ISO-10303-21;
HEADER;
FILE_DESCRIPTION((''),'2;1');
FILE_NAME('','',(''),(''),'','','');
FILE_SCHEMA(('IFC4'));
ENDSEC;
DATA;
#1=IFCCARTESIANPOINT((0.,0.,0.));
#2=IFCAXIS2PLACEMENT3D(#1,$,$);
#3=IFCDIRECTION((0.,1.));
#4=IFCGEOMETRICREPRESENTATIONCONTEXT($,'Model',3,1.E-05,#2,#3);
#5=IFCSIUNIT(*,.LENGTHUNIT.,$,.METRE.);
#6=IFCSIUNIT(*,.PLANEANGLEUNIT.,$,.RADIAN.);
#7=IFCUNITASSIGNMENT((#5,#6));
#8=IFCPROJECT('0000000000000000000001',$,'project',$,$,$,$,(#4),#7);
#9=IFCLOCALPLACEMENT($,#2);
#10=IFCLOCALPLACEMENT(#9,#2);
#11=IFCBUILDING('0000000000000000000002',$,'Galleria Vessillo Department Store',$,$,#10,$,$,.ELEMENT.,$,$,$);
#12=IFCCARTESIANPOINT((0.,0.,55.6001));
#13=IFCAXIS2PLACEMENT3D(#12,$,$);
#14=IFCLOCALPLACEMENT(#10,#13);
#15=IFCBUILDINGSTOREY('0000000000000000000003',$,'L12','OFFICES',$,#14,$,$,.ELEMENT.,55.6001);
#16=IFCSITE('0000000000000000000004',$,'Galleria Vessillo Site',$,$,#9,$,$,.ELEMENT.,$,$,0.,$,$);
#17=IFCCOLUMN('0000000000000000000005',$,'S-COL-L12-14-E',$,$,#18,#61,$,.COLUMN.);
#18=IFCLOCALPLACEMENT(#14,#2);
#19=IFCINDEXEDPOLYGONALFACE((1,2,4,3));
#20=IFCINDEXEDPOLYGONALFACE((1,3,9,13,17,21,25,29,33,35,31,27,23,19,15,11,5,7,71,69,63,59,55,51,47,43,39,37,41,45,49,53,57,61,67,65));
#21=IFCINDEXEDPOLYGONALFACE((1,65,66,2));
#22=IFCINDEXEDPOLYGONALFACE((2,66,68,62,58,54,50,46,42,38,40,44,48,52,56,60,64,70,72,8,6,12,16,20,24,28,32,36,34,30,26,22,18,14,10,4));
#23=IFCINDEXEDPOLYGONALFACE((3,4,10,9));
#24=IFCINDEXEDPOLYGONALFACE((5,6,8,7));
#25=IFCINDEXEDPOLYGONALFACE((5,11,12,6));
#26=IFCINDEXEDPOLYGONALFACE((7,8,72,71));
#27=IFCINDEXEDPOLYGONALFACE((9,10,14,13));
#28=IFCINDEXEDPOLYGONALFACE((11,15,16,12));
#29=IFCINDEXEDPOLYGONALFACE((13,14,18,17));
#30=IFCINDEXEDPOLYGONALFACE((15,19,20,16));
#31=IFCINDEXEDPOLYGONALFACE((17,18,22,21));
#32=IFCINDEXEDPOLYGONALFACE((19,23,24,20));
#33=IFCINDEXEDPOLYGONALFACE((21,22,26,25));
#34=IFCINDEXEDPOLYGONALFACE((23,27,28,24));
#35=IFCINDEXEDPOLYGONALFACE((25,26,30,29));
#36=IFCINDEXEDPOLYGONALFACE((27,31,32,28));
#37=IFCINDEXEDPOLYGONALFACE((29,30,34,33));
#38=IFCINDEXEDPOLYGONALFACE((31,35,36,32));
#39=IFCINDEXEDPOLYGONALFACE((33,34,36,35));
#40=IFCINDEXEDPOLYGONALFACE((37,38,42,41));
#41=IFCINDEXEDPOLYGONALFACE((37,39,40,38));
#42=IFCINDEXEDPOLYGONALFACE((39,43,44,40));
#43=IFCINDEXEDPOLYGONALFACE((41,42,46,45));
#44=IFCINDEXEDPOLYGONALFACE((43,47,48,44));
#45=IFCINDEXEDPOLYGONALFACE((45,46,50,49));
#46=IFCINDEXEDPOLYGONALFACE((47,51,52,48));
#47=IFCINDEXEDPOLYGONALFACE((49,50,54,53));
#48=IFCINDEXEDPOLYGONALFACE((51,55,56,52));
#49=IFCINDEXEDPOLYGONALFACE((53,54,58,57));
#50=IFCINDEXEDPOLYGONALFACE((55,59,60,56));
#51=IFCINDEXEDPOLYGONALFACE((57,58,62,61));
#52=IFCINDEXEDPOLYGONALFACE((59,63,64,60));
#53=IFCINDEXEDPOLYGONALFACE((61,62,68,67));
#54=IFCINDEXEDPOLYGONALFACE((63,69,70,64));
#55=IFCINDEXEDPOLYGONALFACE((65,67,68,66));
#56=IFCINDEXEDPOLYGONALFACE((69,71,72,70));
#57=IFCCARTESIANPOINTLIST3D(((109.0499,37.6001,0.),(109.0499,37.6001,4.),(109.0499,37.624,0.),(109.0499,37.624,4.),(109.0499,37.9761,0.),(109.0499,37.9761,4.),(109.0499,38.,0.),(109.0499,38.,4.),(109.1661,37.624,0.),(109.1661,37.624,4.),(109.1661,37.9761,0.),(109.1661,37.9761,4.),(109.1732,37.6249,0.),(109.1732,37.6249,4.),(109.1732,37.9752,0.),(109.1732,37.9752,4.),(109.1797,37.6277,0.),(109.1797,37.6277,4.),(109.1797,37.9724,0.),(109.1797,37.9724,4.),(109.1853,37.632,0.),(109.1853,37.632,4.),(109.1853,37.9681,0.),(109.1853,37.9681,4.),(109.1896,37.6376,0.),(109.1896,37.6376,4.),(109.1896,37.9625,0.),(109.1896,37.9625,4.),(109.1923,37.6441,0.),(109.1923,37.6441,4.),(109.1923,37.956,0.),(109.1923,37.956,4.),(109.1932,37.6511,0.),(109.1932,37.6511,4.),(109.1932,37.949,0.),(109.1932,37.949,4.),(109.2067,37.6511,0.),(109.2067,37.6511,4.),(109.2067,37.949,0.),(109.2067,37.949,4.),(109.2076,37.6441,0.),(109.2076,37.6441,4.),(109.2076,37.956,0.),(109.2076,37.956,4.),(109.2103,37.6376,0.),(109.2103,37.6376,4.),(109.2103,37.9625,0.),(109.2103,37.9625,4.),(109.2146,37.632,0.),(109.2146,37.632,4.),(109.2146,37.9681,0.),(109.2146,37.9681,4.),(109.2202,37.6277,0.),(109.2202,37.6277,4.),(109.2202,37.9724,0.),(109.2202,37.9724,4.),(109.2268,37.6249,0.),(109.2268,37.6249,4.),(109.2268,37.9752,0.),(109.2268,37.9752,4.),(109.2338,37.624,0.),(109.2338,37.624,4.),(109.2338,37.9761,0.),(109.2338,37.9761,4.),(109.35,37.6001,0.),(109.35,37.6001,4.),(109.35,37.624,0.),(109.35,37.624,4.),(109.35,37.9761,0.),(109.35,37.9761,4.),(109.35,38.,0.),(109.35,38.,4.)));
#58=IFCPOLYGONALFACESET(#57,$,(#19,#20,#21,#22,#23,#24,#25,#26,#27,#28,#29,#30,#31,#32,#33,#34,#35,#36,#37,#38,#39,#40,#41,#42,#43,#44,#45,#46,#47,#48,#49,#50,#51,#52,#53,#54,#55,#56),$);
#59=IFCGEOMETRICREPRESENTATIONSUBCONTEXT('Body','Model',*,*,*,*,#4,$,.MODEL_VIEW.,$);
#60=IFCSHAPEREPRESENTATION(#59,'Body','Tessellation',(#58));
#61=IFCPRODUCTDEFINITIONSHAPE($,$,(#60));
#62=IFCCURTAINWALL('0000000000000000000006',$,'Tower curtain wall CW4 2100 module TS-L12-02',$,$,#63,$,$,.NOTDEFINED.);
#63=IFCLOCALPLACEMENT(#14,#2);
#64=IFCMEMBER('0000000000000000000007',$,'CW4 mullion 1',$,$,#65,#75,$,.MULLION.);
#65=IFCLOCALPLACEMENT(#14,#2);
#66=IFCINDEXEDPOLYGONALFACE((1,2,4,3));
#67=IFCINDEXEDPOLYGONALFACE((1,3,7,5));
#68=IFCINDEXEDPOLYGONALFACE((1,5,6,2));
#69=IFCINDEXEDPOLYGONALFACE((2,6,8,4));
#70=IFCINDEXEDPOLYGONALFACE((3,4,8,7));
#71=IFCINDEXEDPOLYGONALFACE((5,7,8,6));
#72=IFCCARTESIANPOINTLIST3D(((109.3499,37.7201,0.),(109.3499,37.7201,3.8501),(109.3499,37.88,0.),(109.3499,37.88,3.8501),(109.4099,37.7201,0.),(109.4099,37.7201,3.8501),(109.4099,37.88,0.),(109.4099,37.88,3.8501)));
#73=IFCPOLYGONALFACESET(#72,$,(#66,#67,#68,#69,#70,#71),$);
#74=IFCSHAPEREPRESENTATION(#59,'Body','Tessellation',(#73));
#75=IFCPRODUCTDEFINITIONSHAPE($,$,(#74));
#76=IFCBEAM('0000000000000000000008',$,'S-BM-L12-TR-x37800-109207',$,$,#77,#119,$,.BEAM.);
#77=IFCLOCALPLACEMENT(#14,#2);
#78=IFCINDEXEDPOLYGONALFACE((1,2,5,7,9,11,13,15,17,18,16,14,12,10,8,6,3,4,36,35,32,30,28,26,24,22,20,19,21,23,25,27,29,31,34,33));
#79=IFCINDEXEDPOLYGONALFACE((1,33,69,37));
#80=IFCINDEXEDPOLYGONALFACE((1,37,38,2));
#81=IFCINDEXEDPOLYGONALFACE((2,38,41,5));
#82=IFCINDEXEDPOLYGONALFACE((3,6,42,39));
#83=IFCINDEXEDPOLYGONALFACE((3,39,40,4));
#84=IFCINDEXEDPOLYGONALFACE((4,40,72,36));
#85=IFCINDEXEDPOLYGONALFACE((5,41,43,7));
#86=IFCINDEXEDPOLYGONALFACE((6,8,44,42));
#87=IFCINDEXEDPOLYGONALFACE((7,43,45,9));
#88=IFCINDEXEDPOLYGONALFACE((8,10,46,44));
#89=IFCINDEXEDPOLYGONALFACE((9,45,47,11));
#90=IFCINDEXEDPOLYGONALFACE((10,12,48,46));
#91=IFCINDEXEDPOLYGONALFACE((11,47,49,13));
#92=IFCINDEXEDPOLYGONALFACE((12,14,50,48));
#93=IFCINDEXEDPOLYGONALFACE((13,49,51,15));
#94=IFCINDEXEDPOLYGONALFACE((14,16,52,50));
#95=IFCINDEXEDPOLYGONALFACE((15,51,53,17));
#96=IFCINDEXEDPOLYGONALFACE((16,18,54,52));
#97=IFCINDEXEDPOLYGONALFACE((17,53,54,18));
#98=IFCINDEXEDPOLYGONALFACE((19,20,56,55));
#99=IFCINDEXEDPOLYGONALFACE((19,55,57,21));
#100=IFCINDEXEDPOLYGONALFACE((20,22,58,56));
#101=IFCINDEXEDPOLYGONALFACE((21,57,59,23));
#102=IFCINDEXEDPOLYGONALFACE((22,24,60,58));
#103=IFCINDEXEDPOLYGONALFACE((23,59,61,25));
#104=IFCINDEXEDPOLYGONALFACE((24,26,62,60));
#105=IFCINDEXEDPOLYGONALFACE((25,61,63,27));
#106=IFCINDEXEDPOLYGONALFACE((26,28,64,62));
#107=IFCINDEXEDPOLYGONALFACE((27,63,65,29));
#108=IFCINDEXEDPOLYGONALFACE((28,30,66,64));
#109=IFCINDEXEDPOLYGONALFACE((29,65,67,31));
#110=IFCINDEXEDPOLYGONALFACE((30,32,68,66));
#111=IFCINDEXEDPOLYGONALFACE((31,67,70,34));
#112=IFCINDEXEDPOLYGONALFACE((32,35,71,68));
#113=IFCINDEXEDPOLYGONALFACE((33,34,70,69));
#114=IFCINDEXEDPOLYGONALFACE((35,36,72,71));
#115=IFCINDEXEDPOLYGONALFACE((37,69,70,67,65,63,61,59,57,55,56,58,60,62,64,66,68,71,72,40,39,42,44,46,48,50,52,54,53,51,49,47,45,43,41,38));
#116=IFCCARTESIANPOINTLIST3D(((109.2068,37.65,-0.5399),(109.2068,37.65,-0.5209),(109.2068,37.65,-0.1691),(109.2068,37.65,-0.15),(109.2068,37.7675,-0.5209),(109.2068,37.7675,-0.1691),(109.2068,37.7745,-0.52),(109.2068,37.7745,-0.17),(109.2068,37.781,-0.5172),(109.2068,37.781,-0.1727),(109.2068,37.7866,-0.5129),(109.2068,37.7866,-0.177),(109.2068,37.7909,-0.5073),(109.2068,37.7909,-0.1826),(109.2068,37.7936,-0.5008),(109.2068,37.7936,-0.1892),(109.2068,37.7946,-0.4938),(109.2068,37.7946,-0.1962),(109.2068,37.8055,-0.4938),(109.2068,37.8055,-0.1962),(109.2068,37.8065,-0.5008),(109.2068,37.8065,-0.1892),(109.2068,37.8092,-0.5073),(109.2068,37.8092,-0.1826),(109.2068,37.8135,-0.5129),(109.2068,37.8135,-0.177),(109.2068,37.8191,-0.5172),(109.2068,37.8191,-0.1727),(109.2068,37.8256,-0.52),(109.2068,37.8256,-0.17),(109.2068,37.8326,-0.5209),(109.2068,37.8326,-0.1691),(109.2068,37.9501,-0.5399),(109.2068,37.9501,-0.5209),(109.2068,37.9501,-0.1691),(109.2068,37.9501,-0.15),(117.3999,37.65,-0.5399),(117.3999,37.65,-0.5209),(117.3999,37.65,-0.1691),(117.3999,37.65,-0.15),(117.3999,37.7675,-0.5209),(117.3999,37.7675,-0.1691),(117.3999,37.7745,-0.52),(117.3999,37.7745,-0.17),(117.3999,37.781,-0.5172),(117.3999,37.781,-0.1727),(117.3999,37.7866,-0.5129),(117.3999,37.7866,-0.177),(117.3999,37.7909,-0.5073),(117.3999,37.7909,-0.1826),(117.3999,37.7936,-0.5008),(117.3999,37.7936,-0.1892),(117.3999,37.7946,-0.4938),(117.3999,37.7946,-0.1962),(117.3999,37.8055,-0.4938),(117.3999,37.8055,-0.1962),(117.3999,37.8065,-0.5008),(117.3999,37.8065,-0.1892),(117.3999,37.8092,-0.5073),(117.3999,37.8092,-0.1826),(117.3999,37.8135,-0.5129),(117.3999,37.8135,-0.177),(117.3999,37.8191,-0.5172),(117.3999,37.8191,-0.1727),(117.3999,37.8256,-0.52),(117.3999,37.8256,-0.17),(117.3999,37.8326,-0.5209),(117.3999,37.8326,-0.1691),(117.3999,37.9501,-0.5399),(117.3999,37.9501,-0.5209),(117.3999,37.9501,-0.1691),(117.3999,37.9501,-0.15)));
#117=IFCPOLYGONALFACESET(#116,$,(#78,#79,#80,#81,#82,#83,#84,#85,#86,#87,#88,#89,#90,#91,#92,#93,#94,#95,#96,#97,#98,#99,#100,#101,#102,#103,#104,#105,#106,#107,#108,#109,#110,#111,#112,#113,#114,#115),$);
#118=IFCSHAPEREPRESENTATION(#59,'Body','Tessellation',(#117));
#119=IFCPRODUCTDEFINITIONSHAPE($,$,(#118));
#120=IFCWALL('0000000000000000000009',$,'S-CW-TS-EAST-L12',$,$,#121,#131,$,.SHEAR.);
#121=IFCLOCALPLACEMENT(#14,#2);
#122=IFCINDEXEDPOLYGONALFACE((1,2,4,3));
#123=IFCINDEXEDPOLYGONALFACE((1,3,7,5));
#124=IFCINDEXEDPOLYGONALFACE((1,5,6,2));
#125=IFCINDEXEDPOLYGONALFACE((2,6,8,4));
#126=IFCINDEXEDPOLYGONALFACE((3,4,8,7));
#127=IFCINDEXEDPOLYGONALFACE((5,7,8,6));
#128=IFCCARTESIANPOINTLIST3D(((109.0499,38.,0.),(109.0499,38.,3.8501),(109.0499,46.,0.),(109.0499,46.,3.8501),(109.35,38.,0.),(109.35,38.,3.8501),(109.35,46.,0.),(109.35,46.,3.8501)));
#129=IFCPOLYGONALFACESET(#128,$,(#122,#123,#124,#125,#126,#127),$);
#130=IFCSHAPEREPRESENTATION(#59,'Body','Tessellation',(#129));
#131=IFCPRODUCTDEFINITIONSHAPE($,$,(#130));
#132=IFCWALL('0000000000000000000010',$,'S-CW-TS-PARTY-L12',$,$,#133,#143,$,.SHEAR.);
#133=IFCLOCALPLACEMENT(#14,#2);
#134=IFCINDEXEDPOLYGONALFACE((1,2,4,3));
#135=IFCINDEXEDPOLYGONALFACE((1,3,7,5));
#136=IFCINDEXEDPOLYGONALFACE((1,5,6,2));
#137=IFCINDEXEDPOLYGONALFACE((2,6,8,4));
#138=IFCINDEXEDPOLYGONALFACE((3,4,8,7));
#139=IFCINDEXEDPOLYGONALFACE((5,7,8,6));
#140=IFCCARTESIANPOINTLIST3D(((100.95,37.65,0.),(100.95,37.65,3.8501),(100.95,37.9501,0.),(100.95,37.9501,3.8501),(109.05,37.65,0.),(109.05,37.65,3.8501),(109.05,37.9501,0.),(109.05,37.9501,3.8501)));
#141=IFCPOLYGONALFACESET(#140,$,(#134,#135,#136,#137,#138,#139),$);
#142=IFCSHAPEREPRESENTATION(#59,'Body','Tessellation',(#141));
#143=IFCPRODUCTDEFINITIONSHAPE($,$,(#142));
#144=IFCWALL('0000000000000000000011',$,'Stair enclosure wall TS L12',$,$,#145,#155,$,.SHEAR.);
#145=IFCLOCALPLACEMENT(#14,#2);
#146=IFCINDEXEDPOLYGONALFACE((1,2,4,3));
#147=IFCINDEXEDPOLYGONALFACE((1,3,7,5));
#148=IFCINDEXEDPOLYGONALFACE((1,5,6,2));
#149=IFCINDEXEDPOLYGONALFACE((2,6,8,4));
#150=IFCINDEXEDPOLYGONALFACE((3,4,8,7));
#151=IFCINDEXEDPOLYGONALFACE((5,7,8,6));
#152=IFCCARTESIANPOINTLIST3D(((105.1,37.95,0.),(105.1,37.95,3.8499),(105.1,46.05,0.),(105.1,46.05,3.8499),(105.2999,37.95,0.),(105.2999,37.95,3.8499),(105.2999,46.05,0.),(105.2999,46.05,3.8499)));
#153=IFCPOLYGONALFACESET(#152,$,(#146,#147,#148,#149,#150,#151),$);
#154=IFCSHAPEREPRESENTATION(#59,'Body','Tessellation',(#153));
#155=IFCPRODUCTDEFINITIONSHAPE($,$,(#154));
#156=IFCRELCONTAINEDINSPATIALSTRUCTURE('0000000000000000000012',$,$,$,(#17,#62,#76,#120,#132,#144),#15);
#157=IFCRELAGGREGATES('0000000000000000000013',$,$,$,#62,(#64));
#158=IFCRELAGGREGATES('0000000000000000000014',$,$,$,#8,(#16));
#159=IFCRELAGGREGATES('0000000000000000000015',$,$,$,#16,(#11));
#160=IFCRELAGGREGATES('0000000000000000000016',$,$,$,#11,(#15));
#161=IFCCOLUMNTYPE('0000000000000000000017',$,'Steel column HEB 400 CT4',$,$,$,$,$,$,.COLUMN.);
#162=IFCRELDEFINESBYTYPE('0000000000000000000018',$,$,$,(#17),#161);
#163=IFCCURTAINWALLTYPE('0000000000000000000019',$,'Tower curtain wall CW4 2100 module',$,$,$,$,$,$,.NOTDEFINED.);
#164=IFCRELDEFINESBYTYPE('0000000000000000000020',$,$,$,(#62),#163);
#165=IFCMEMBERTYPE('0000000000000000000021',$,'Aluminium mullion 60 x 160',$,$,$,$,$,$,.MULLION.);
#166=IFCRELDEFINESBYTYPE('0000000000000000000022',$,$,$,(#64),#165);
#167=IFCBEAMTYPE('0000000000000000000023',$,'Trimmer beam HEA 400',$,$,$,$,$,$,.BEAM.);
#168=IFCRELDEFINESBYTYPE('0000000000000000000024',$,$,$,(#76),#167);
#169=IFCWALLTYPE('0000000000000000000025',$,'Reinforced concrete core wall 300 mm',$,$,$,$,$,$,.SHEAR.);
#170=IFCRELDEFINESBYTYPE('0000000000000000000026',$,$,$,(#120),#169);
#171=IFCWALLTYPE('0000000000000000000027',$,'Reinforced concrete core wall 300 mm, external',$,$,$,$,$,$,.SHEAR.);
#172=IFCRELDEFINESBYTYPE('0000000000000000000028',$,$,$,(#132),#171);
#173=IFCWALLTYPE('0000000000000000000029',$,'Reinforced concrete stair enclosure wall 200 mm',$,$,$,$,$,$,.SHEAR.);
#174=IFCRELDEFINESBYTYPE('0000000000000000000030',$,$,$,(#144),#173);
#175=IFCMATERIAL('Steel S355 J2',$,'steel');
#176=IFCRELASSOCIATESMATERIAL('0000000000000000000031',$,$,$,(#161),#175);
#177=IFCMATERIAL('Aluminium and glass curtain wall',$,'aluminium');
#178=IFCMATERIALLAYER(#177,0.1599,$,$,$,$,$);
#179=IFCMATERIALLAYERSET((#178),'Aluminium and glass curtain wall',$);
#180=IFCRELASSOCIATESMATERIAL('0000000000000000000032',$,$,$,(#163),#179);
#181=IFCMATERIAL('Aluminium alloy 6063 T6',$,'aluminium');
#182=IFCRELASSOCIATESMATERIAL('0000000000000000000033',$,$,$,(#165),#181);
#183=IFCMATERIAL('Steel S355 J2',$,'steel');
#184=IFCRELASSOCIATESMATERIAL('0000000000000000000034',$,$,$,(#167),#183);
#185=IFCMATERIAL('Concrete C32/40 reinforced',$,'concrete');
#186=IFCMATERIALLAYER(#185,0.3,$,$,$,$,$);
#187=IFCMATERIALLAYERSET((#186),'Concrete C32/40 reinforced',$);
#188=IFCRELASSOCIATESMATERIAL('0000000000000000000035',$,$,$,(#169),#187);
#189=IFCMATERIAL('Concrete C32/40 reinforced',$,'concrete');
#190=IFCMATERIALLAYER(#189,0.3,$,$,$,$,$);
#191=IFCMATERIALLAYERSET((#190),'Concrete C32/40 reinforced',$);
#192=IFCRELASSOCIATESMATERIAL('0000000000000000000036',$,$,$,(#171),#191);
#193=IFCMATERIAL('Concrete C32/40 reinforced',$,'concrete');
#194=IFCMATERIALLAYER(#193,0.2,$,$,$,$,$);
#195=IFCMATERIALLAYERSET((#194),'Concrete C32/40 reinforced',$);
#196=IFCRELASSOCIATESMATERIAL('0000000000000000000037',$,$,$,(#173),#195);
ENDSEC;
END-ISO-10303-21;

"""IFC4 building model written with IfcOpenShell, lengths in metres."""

from ifc_helpers import new_model, si_unit, direction, frame, frame_2d, origin, origin_2d, place, context, subcontext, project, spatial, rectangle, i_section, extrude, material, layer, layer_set, material_profile, profile_set, type_object, element, aggregate, save


model = new_model("IFC4")

# Units and contexts
model_context = context("Model", 3, precision=1e-05, world=origin(), true_north=direction((0.0, 1.0)))
body_context = subcontext(model_context, "Body", "Model", "MODEL_VIEW")
ifc_project = project(units=[si_unit("LENGTHUNIT", "METRE"), si_unit("PLANEANGLEUNIT", "RADIAN")], contexts=[model_context])

# Site, building, storey
site_placement = place(None, origin())
site = spatial("IfcSite", under=ifc_project, at=site_placement, Name="Galleria Vessillo Site", CompositionType="ELEMENT", RefElevation=0.0)
building_placement = place(site_placement, origin())
building = spatial("IfcBuilding", under=site, at=building_placement, Name="Galleria Vessillo Department Store", CompositionType="ELEMENT")
storey_placement = place(building_placement, frame((0.0, 0.0, 55.6001)))
storey = spatial("IfcBuildingStorey", under=building, at=storey_placement, Name="L12", Description="OFFICES", CompositionType="ELEMENT", Elevation=55.6001)

# Column
ifc_material_1 = material(Name="Steel S355 J2", Category="steel")
ifc_material_profile_1 = material_profile(ifc_material_1, i_section(OverallWidth=0.3, OverallDepth=0.3999, WebThickness=0.0134, FlangeThickness=0.0239, FilletRadius=0.0271, at=origin_2d()), Name="HEB 400")
ifc_profile_set_1 = profile_set([ifc_material_profile_1], Name="Steel S355 J2")
column_type = type_object("IfcColumnType", Name="Steel column HEB 400 CT4", PredefinedType="COLUMN", material=ifc_profile_set_1)
column_placement = place(storey_placement, frame((109.2, 37.8, 0.0), z_axis=(0.0, 0.0, 1.0), x_axis=(1.0, 0.0, 0.0)))
element("IfcColumn", 1, at=column_placement, inside=storey, type_object=column_type, Name="S-COL-L12-14-E", PredefinedType="COLUMN", context=body_context, shape_type="SweptSolid", body=[
    extrude(i_section(OverallWidth=0.3, OverallDepth=0.3999, WebThickness=0.0134, FlangeThickness=0.0239, FilletRadius=0.0271, at=origin_2d()), origin(), (0.0, 0.0, 1.0), 4.0),
])

# Curtain wall, member
ifc_material_2 = material(Name="Aluminium and glass curtain wall", Category="aluminium")
ifc_layer_1 = layer(ifc_material_2, 0.1599)
ifc_layer_set_1 = layer_set([ifc_layer_1], Name="Aluminium and glass curtain wall")
curtain_wall_type = type_object("IfcCurtainWallType", Name="Tower curtain wall CW4 2100 module", PredefinedType="NOTDEFINED", material=ifc_layer_set_1)
curtain_wall_placement = place(storey_placement, origin())
curtain_wall = element("IfcCurtainWall", 2, at=curtain_wall_placement, inside=storey, type_object=curtain_wall_type, Name="Tower curtain wall CW4 2100 module TS-L12-02", PredefinedType="NOTDEFINED")
ifc_material_3 = material(Name="Aluminium alloy 6063 T6", Category="aluminium")
ifc_material_profile_2 = material_profile(ifc_material_3, rectangle(XDim=0.1599, YDim=0.0601, at=origin_2d()), Name="AL 60x160")
ifc_profile_set_2 = profile_set([ifc_material_profile_2], Name="Aluminium alloy 6063 T6")
member_type = type_object("IfcMemberType", Name="Aluminium mullion 60 x 160", PredefinedType="MULLION", material=ifc_profile_set_2)
member_placement = place(storey_placement, frame((109.3799, 37.8, 0.0), z_axis=(0.0, 0.0, 1.0), x_axis=(0.0, 1.0, 0.0)))
member = element("IfcMember", 3, at=member_placement, type_object=member_type, Name="CW4 mullion 1", PredefinedType="MULLION", context=body_context, shape_type="SweptSolid", body=[
    extrude(rectangle(XDim=0.1599, YDim=0.0601, at=origin_2d()), origin(), (0.0, 0.0, 1.0), 3.8501),
])
aggregate(curtain_wall, [member])

# Beam
ifc_material_4 = material(Name="Steel S355 J2", Category="steel")
ifc_material_profile_3 = material_profile(ifc_material_4, i_section(OverallWidth=0.3, OverallDepth=0.3899, WebThickness=0.011, FlangeThickness=0.019, FilletRadius=0.0271, at=origin_2d()), Name="HEA 400")
ifc_profile_set_3 = profile_set([ifc_material_profile_3], Name="Steel S355 J2")
beam_type = type_object("IfcBeamType", Name="Trimmer beam HEA 400", PredefinedType="BEAM", material=ifc_profile_set_3)
beam_placement = place(storey_placement, frame((109.2068, 37.8, -0.345), z_axis=(1.0, 0.0, 0.0), x_axis=(0.0, 1.0, 0.0)))
element("IfcBeam", 4, at=beam_placement, inside=storey, type_object=beam_type, Name="S-BM-L12-TR-x37800-109207", PredefinedType="BEAM", context=body_context, shape_type="SweptSolid", body=[
    extrude(i_section(OverallWidth=0.3, OverallDepth=0.3899, WebThickness=0.011, FlangeThickness=0.019, FilletRadius=0.0271, at=origin_2d()), origin(), (0.0, 0.0, 1.0), 8.1931),
])

# Walls
ifc_material_5 = material(Name="Concrete C32/40 reinforced", Category="concrete")
ifc_layer_2 = layer(ifc_material_5, 0.3)
ifc_layer_set_2 = layer_set([ifc_layer_2], Name="Concrete C32/40 reinforced")
wall_type_1 = type_object("IfcWallType", Name="Reinforced concrete core wall 300 mm", PredefinedType="SHEAR", material=ifc_layer_set_2)
wall_1_placement = place(storey_placement, frame((109.2, 38.0, 0.0), z_axis=(0.0, 0.0, 1.0), x_axis=(0.0, 1.0, 0.0)))
element("IfcWall", 5, at=wall_1_placement, inside=storey, type_object=wall_type_1, Name="S-CW-TS-EAST-L12", PredefinedType="SHEAR", context=body_context, shape_type="SweptSolid", body=[
    extrude(rectangle(XDim=8.0, YDim=0.3, at=frame_2d((4.0, 0.0))), origin(), (0.0, 0.0, 1.0), 3.8501),
])
ifc_material_6 = material(Name="Concrete C32/40 reinforced", Category="concrete")
ifc_layer_3 = layer(ifc_material_6, 0.3)
ifc_layer_set_3 = layer_set([ifc_layer_3], Name="Concrete C32/40 reinforced")
wall_type_2 = type_object("IfcWallType", Name="Reinforced concrete core wall 300 mm, external", PredefinedType="SHEAR", material=ifc_layer_set_3)
wall_2_placement = place(storey_placement, frame((100.95, 37.8, 0.0), z_axis=(0.0, 0.0, 1.0), x_axis=(1.0, 0.0, 0.0)))
element("IfcWall", 6, at=wall_2_placement, inside=storey, type_object=wall_type_2, Name="S-CW-TS-PARTY-L12", PredefinedType="SHEAR", context=body_context, shape_type="SweptSolid", body=[
    extrude(rectangle(XDim=8.1001, YDim=0.3, at=frame_2d((4.05, 0.0))), origin(), (0.0, 0.0, 1.0), 3.8501),
])
ifc_material_7 = material(Name="Concrete C32/40 reinforced", Category="concrete")
ifc_layer_4 = layer(ifc_material_7, 0.2)
ifc_layer_set_4 = layer_set([ifc_layer_4], Name="Concrete C32/40 reinforced")
wall_type_3 = type_object("IfcWallType", Name="Reinforced concrete stair enclosure wall 200 mm", PredefinedType="SHEAR", material=ifc_layer_set_4)
wall_3_placement = place(storey_placement, frame((105.2, 37.95, 0.0), z_axis=(0.0, 0.0, 1.0), x_axis=(0.0, 1.0, 0.0)))
element("IfcWall", 7, at=wall_3_placement, inside=storey, type_object=wall_type_3, Name="Stair enclosure wall TS L12", PredefinedType="SHEAR", context=body_context, shape_type="SweptSolid", body=[
    extrude(rectangle(XDim=8.1001, YDim=0.2, at=frame_2d((4.05, 0.0))), origin(), (0.0, 0.0, 1.0), 3.8499),
])

save(model, "model.ifc")
